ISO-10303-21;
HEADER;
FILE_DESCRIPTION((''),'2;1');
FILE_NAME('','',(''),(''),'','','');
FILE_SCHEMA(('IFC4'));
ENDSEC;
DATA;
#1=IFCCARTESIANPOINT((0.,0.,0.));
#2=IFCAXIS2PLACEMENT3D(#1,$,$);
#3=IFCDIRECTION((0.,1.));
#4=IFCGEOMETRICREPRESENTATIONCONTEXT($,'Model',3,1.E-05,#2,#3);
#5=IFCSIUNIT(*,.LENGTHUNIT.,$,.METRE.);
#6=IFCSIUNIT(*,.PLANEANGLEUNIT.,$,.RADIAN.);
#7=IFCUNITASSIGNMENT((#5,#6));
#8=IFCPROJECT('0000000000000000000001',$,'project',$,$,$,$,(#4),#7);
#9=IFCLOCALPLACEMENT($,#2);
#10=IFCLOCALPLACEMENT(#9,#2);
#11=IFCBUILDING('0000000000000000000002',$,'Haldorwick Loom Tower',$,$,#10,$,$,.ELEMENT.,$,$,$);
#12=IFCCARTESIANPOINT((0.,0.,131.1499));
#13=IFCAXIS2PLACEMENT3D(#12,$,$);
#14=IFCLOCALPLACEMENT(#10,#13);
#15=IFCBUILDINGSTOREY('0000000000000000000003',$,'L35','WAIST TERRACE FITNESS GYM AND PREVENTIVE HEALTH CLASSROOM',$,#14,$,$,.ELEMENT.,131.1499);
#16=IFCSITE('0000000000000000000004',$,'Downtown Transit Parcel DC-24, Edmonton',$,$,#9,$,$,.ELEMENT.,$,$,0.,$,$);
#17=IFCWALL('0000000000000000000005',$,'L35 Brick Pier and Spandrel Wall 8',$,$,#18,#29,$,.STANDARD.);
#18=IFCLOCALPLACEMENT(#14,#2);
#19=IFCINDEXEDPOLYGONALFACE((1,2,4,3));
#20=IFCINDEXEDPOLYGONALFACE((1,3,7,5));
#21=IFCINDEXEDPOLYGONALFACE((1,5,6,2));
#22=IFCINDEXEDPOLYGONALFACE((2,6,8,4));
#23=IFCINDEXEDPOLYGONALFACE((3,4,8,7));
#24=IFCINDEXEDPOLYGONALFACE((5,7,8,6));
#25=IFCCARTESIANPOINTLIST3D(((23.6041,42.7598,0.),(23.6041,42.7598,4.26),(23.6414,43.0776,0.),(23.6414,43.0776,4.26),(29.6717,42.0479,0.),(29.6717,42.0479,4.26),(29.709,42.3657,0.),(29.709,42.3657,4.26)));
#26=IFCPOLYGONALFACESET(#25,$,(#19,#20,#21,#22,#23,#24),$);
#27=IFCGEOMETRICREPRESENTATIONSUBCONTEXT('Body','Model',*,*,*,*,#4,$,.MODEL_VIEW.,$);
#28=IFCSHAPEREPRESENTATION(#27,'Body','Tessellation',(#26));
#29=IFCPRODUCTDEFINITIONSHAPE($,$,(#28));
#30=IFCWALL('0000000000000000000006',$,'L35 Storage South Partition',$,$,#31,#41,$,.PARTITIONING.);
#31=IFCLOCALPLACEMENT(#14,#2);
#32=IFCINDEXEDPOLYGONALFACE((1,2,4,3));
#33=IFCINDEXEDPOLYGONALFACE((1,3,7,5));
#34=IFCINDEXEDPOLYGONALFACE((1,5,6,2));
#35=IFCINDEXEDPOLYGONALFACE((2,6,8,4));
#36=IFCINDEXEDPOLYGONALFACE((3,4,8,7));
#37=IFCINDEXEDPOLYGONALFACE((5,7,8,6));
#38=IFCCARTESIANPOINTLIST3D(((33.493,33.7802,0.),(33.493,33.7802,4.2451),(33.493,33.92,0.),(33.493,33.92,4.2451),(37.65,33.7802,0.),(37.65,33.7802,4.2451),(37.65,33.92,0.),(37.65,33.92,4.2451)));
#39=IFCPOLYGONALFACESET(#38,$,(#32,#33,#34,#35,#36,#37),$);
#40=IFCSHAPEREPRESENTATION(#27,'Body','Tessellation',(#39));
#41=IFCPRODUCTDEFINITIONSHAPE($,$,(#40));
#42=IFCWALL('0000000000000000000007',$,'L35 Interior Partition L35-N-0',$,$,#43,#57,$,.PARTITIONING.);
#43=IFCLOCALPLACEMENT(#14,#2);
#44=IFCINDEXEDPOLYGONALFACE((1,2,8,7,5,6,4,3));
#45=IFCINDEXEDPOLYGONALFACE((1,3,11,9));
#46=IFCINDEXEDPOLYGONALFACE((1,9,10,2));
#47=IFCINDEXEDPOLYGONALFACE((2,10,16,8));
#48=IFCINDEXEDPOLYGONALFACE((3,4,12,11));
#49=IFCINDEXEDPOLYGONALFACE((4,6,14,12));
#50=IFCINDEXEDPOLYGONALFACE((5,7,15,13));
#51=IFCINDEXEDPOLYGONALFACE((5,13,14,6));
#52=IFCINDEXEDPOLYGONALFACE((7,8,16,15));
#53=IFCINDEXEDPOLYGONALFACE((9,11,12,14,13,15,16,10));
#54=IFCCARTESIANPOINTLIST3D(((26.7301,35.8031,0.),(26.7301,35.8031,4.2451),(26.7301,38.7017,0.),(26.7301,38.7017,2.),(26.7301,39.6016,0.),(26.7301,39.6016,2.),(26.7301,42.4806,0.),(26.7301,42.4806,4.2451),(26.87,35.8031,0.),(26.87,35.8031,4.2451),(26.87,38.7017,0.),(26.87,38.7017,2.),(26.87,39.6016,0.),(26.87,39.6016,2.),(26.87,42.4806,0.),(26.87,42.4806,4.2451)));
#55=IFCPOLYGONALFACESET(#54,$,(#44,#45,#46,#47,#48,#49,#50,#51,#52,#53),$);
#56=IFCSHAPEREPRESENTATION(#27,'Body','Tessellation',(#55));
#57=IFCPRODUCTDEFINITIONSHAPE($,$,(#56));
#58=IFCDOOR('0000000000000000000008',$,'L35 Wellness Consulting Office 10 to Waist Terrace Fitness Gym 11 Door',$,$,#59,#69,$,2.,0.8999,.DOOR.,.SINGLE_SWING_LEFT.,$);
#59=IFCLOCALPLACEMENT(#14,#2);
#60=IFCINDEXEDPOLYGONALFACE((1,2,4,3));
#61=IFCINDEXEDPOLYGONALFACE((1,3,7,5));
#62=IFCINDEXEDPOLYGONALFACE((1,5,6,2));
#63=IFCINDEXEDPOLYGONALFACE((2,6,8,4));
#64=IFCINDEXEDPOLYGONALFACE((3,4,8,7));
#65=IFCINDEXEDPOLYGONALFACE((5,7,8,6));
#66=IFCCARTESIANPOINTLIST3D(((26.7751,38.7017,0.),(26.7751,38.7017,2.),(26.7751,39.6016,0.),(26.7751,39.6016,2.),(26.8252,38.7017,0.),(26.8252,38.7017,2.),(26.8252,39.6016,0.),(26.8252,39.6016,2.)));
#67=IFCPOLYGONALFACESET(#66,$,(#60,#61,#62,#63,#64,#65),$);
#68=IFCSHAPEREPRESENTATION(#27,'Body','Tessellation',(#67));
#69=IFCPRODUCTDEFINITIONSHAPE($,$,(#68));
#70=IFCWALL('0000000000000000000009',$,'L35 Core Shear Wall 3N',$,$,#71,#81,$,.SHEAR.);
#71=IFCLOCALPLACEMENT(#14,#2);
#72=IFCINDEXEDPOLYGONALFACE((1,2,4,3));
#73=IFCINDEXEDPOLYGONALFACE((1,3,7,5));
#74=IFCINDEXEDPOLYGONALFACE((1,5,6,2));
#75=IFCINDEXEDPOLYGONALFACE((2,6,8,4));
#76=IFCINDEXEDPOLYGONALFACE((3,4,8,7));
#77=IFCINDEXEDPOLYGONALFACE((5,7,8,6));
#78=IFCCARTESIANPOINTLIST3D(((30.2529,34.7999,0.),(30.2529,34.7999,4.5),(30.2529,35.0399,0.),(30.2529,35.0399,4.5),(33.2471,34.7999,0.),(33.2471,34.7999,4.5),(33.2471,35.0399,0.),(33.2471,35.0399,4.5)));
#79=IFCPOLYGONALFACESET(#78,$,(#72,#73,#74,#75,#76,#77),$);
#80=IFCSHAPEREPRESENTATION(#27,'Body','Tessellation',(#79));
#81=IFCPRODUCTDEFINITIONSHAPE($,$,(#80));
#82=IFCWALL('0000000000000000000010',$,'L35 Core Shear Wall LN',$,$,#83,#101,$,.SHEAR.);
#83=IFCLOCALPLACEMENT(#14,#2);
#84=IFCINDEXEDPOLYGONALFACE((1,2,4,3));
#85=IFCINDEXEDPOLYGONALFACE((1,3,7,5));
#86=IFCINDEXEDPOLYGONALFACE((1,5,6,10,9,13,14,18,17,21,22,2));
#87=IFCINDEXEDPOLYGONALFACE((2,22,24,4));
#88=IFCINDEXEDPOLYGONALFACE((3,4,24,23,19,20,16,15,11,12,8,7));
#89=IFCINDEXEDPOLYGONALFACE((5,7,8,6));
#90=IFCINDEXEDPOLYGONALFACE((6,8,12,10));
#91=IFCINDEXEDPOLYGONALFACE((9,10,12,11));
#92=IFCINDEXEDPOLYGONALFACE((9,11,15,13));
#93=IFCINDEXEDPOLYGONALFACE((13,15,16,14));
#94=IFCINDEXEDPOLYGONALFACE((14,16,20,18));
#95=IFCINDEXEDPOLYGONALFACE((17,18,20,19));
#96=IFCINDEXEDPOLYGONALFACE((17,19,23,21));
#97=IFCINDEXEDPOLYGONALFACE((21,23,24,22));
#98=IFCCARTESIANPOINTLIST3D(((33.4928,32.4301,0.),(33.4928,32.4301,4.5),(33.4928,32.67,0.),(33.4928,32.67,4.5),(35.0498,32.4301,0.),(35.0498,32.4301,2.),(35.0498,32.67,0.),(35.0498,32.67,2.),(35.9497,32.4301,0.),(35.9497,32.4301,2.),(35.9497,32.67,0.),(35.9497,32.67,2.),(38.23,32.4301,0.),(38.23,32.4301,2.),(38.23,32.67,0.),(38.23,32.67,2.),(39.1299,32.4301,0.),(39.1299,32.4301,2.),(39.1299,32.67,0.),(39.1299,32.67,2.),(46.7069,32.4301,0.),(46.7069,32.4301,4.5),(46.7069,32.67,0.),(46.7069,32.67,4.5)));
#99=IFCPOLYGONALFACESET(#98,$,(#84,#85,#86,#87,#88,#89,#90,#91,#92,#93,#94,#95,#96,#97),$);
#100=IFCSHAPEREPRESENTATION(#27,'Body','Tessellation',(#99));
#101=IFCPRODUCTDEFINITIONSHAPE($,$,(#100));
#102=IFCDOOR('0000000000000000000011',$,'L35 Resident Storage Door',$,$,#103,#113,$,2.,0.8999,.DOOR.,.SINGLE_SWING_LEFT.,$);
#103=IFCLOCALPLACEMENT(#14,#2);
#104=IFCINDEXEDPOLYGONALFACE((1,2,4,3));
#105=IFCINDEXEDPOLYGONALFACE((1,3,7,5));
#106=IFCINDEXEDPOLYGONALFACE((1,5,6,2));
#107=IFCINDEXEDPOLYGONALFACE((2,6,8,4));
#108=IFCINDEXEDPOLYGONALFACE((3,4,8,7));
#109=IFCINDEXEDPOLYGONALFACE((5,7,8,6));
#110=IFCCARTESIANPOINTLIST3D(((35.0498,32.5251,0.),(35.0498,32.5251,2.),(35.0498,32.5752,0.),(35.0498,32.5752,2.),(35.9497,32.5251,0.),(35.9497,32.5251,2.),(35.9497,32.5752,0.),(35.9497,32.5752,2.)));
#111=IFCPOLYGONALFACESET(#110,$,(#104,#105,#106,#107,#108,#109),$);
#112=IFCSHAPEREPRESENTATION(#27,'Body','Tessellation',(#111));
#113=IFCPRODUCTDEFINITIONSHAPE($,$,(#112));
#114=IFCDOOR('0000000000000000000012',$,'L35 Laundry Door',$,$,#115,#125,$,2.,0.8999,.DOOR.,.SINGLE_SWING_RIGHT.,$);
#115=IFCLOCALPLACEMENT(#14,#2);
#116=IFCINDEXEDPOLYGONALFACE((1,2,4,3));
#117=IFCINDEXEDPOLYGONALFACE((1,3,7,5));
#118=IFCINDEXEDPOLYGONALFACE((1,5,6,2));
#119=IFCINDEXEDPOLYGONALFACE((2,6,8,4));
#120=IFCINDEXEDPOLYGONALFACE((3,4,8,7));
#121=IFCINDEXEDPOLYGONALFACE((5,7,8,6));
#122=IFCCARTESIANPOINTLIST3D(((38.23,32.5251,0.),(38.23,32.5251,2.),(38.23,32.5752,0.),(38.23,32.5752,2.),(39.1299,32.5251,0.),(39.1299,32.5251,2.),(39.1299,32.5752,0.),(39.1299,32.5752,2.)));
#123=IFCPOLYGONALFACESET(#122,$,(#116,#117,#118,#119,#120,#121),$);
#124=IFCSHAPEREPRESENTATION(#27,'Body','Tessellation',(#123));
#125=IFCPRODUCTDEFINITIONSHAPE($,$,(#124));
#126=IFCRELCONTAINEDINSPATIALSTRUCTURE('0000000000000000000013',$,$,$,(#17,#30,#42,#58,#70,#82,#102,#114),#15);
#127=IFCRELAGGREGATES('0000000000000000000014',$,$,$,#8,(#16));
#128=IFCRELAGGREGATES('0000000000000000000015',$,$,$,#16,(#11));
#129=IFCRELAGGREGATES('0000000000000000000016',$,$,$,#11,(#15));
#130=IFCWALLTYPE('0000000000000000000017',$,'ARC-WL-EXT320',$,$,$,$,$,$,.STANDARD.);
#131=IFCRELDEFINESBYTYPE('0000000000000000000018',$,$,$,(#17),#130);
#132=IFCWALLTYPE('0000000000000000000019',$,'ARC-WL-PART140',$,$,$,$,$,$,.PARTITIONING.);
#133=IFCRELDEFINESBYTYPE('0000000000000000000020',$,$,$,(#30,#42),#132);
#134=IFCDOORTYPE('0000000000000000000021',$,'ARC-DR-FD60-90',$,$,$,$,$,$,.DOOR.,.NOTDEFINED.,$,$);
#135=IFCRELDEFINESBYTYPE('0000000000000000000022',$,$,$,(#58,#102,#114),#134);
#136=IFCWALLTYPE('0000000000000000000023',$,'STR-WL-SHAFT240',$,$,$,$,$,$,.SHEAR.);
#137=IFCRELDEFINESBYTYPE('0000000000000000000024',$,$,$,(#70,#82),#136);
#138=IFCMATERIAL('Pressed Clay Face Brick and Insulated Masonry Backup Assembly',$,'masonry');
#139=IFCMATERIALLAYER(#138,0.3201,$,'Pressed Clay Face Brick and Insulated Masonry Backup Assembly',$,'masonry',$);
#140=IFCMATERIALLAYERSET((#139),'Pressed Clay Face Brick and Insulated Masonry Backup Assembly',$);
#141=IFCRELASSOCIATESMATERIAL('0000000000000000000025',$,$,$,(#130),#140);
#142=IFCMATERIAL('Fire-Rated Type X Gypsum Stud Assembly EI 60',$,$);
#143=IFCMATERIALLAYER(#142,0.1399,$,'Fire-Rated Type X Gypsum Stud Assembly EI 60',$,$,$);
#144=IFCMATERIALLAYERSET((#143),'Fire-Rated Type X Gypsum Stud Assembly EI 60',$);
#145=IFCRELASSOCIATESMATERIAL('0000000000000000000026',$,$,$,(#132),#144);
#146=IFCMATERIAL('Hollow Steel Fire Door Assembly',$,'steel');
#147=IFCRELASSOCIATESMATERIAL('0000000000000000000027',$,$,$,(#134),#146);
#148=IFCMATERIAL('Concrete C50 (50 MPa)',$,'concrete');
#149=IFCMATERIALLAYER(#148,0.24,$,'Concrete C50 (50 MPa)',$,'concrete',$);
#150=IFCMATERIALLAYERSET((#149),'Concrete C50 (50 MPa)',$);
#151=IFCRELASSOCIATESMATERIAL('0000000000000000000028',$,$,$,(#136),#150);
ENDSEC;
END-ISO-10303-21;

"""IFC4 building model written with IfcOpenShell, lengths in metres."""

from ifc_helpers import new_model, si_unit, direction, frame, frame_2d, origin, place, context, subcontext, project, spatial, rectangle, extrude, material, layer, layer_set, type_object, element, fill, save


model = new_model("IFC4")

# Units and contexts
model_context = context("Model", 3, precision=1e-05, world=origin(), true_north=direction((0.0, 1.0)))
body_context = subcontext(model_context, "Body", "Model", "MODEL_VIEW")
ifc_project = project(units=[si_unit("LENGTHUNIT", "METRE"), si_unit("PLANEANGLEUNIT", "RADIAN")], contexts=[model_context])

# Site, building, storey
site_placement = place(None, origin())
site = spatial("IfcSite", under=ifc_project, at=site_placement, Name="Downtown Transit Parcel DC-24, Edmonton", CompositionType="ELEMENT", RefElevation=0.0)
building_placement = place(site_placement, origin())
building = spatial("IfcBuilding", under=site, at=building_placement, Name="Haldorwick Loom Tower", CompositionType="ELEMENT")
storey_placement = place(building_placement, frame((0.0, 0.0, 131.1499)))
storey = spatial("IfcBuildingStorey", under=building, at=storey_placement, Name="L35", Description="WAIST TERRACE FITNESS GYM AND PREVENTIVE HEALTH CLASSROOM", CompositionType="ELEMENT", Elevation=131.1499)

# Walls
ifc_material_1 = material(Name="Pressed Clay Face Brick and Insulated Masonry Backup Assembly", Category="masonry")
ifc_layer_1 = layer(ifc_material_1, 0.3201, Name="Pressed Clay Face Brick and Insulated Masonry Backup Assembly", Category="masonry")
ifc_layer_set_1 = layer_set([ifc_layer_1], Name="Pressed Clay Face Brick and Insulated Masonry Backup Assembly")
wall_type_1 = type_object("IfcWallType", Name="ARC-WL-EXT320", PredefinedType="STANDARD", material=ifc_layer_set_1)
wall_1_placement = place(storey_placement, frame((29.6904, 42.2068, 0.0), z_axis=(0.0, 0.0, 1.0), x_axis=(-0.993187, 0.116531, 0.0)))
element("IfcWall", 1, at=wall_1_placement, inside=storey, type_object=wall_type_1, Name="L35 Brick Pier and Spandrel Wall 8", PredefinedType="STANDARD", context=body_context, shape_type="SweptSolid", body=[
    extrude(rectangle(XDim=6.1091, YDim=0.3201, at=frame_2d((3.0547, 0.0))), origin(), (0.0, 0.0, 1.0), 4.26),
])
ifc_material_2 = material(Name="Fire-Rated Type X Gypsum Stud Assembly EI 60")
ifc_layer_2 = layer(ifc_material_2, 0.1399, Name="Fire-Rated Type X Gypsum Stud Assembly EI 60")
ifc_layer_set_2 = layer_set([ifc_layer_2], Name="Fire-Rated Type X Gypsum Stud Assembly EI 60")
wall_type_2 = type_object("IfcWallType", Name="ARC-WL-PART140", PredefinedType="PARTITIONING", material=ifc_layer_set_2)
wall_2_placement = place(storey_placement, frame((33.4929, 33.8501, 0.0), z_axis=(0.0, 0.0, 1.0), x_axis=(1.0, 0.0, 0.0)))
element("IfcWall", 2, at=wall_2_placement, inside=storey, type_object=wall_type_2, Name="L35 Storage South Partition", PredefinedType="PARTITIONING", context=body_context, shape_type="SweptSolid", body=[
    extrude(rectangle(XDim=4.157, YDim=0.1399, at=frame_2d((2.0786, 0.0))), origin(), (0.0, 0.0, 1.0), 4.2451),
])

# Wall, opening, door
wall_3_placement = place(storey_placement, frame((26.8, 35.803, 0.0), z_axis=(0.0, 0.0, 1.0), x_axis=(0.0, 1.0, 0.0)))
wall_3 = element("IfcWall", 3, at=wall_3_placement, inside=storey, type_object=wall_type_2, Name="L35 Interior Partition L35-N-0", PredefinedType="PARTITIONING", context=body_context, shape_type="SweptSolid", body=[
    extrude(rectangle(XDim=6.6775, YDim=0.1399, at=frame_2d((3.3389, 0.0))), origin(), (0.0, 0.0, 1.0), 4.2451),
])
opening_1_placement = place(wall_3_placement, frame((2.8987, 0.0, 0.0)))
opening_1 = element("IfcOpeningElement", 4, at=opening_1_placement, cuts=wall_3, PredefinedType="OPENING", context=body_context, shape_type="SweptSolid", body=[
    extrude(rectangle(XDim=0.8999, YDim=2.0, at=frame_2d((0.45, 1.0))), frame((0.0, 0.0798, 0.0), z_axis=(0.0, -1.0, 0.0), x_axis=(1.0, 0.0, 0.0)), (0.0, 0.0, 1.0), 0.1599),
])
ifc_material_3 = material(Name="Hollow Steel Fire Door Assembly", Category="steel")
door_type = type_object("IfcDoorType", Name="ARC-DR-FD60-90", OperationType="NOTDEFINED", PredefinedType="DOOR", material=ifc_material_3)
door_1_placement = place(opening_1_placement, origin())
door_1 = element("IfcDoor", 5, at=door_1_placement, inside=storey, type_object=door_type, Name="L35 Wellness Consulting Office 10 to Waist Terrace Fitness Gym 11 Door", OperationType="SINGLE_SWING_LEFT", OverallHeight=2.0, OverallWidth=0.8999, PredefinedType="DOOR", context=body_context, shape_type="SweptSolid", body=[
    extrude(rectangle(XDim=0.8999, YDim=2.0, at=frame_2d((0.45, 1.0))), frame((0.0, 0.0249, 0.0), z_axis=(0.0, -1.0, 0.0), x_axis=(1.0, 0.0, 0.0)), (0.0, 0.0, 1.0), 0.05),
])
fill(opening_1, door_1)

# Wall
ifc_material_4 = material(Name="Concrete C50 (50 MPa)", Category="concrete")
ifc_layer_3 = layer(ifc_material_4, 0.24, Name="Concrete C50 (50 MPa)", Category="concrete")
ifc_layer_set_3 = layer_set([ifc_layer_3], Name="Concrete C50 (50 MPa)")
wall_type_3 = type_object("IfcWallType", Name="STR-WL-SHAFT240", PredefinedType="SHEAR", material=ifc_layer_set_3)
wall_4_placement = place(storey_placement, frame((30.2529, 34.9199, 0.0), z_axis=(0.0, 0.0, 1.0), x_axis=(1.0, 0.0, 0.0)))
element("IfcWall", 6, at=wall_4_placement, inside=storey, type_object=wall_type_3, Name="L35 Core Shear Wall 3N", PredefinedType="SHEAR", context=body_context, shape_type="SweptSolid", body=[
    extrude(rectangle(XDim=2.9941, YDim=0.24, at=frame_2d((1.4971, 0.0))), origin(), (0.0, 0.0, 1.0), 4.5),
])

# Wall, openings, doors
wall_5_placement = place(storey_placement, frame((33.4929, 32.55, 0.0), z_axis=(0.0, 0.0, 1.0), x_axis=(1.0, 0.0, 0.0)))
wall_5 = element("IfcWall", 7, at=wall_5_placement, inside=storey, type_object=wall_type_3, Name="L35 Core Shear Wall LN", PredefinedType="SHEAR", context=body_context, shape_type="SweptSolid", body=[
    extrude(rectangle(XDim=13.2141, YDim=0.24, at=frame_2d((6.6069, 0.0))), origin(), (0.0, 0.0, 1.0), 4.5),
])
opening_2_placement = place(wall_5_placement, frame((1.5569, 0.0, 0.0)))
opening_2 = element("IfcOpeningElement", 8, at=opening_2_placement, cuts=wall_5, PredefinedType="OPENING", context=body_context, shape_type="SweptSolid", body=[
    extrude(rectangle(XDim=0.8999, YDim=2.0, at=frame_2d((0.45, 1.0))), frame((0.0, 0.1299, 0.0), z_axis=(0.0, -1.0, 0.0), x_axis=(1.0, 0.0, 0.0)), (0.0, 0.0, 1.0), 0.26),
])
opening_3_placement = place(wall_5_placement, frame((4.7371, 0.0, 0.0)))
opening_3 = element("IfcOpeningElement", 9, at=opening_3_placement, cuts=wall_5, PredefinedType="OPENING", context=body_context, shape_type="SweptSolid", body=[
    extrude(rectangle(XDim=0.8999, YDim=2.0, at=frame_2d((0.45, 1.0))), frame((0.0, 0.1299, 0.0), z_axis=(0.0, -1.0, 0.0), x_axis=(1.0, 0.0, 0.0)), (0.0, 0.0, 1.0), 0.26),
])
door_2_placement = place(opening_2_placement, frame((0.8999, 0.0, 0.0), z_axis=(0.0, 0.0, 1.0), x_axis=(-1.0, 0.0, 0.0)))
door_2 = element("IfcDoor", 10, at=door_2_placement, inside=storey, type_object=door_type, Name="L35 Resident Storage Door", OperationType="SINGLE_SWING_LEFT", OverallHeight=2.0, OverallWidth=0.8999, PredefinedType="DOOR", context=body_context, shape_type="SweptSolid", body=[
    extrude(rectangle(XDim=0.8999, YDim=2.0, at=frame_2d((0.45, 1.0))), frame((0.0, 0.0249, 0.0), z_axis=(0.0, -1.0, 0.0), x_axis=(1.0, 0.0, 0.0)), (0.0, 0.0, 1.0), 0.05),
])
fill(opening_2, door_2)
door_3_placement = place(opening_3_placement, frame((0.8999, 0.0, 0.0), z_axis=(0.0, 0.0, 1.0), x_axis=(-1.0, 0.0, 0.0)))
door_3 = element("IfcDoor", 11, at=door_3_placement, inside=storey, type_object=door_type, Name="L35 Laundry Door", OperationType="SINGLE_SWING_RIGHT", OverallHeight=2.0, OverallWidth=0.8999, PredefinedType="DOOR", context=body_context, shape_type="SweptSolid", body=[
    extrude(rectangle(XDim=0.8999, YDim=2.0, at=frame_2d((0.45, 1.0))), frame((0.0, 0.0249, 0.0), z_axis=(0.0, -1.0, 0.0), x_axis=(1.0, 0.0, 0.0)), (0.0, 0.0, 1.0), 0.05),
])
fill(opening_3, door_3)

save(model, "model.ifc")
